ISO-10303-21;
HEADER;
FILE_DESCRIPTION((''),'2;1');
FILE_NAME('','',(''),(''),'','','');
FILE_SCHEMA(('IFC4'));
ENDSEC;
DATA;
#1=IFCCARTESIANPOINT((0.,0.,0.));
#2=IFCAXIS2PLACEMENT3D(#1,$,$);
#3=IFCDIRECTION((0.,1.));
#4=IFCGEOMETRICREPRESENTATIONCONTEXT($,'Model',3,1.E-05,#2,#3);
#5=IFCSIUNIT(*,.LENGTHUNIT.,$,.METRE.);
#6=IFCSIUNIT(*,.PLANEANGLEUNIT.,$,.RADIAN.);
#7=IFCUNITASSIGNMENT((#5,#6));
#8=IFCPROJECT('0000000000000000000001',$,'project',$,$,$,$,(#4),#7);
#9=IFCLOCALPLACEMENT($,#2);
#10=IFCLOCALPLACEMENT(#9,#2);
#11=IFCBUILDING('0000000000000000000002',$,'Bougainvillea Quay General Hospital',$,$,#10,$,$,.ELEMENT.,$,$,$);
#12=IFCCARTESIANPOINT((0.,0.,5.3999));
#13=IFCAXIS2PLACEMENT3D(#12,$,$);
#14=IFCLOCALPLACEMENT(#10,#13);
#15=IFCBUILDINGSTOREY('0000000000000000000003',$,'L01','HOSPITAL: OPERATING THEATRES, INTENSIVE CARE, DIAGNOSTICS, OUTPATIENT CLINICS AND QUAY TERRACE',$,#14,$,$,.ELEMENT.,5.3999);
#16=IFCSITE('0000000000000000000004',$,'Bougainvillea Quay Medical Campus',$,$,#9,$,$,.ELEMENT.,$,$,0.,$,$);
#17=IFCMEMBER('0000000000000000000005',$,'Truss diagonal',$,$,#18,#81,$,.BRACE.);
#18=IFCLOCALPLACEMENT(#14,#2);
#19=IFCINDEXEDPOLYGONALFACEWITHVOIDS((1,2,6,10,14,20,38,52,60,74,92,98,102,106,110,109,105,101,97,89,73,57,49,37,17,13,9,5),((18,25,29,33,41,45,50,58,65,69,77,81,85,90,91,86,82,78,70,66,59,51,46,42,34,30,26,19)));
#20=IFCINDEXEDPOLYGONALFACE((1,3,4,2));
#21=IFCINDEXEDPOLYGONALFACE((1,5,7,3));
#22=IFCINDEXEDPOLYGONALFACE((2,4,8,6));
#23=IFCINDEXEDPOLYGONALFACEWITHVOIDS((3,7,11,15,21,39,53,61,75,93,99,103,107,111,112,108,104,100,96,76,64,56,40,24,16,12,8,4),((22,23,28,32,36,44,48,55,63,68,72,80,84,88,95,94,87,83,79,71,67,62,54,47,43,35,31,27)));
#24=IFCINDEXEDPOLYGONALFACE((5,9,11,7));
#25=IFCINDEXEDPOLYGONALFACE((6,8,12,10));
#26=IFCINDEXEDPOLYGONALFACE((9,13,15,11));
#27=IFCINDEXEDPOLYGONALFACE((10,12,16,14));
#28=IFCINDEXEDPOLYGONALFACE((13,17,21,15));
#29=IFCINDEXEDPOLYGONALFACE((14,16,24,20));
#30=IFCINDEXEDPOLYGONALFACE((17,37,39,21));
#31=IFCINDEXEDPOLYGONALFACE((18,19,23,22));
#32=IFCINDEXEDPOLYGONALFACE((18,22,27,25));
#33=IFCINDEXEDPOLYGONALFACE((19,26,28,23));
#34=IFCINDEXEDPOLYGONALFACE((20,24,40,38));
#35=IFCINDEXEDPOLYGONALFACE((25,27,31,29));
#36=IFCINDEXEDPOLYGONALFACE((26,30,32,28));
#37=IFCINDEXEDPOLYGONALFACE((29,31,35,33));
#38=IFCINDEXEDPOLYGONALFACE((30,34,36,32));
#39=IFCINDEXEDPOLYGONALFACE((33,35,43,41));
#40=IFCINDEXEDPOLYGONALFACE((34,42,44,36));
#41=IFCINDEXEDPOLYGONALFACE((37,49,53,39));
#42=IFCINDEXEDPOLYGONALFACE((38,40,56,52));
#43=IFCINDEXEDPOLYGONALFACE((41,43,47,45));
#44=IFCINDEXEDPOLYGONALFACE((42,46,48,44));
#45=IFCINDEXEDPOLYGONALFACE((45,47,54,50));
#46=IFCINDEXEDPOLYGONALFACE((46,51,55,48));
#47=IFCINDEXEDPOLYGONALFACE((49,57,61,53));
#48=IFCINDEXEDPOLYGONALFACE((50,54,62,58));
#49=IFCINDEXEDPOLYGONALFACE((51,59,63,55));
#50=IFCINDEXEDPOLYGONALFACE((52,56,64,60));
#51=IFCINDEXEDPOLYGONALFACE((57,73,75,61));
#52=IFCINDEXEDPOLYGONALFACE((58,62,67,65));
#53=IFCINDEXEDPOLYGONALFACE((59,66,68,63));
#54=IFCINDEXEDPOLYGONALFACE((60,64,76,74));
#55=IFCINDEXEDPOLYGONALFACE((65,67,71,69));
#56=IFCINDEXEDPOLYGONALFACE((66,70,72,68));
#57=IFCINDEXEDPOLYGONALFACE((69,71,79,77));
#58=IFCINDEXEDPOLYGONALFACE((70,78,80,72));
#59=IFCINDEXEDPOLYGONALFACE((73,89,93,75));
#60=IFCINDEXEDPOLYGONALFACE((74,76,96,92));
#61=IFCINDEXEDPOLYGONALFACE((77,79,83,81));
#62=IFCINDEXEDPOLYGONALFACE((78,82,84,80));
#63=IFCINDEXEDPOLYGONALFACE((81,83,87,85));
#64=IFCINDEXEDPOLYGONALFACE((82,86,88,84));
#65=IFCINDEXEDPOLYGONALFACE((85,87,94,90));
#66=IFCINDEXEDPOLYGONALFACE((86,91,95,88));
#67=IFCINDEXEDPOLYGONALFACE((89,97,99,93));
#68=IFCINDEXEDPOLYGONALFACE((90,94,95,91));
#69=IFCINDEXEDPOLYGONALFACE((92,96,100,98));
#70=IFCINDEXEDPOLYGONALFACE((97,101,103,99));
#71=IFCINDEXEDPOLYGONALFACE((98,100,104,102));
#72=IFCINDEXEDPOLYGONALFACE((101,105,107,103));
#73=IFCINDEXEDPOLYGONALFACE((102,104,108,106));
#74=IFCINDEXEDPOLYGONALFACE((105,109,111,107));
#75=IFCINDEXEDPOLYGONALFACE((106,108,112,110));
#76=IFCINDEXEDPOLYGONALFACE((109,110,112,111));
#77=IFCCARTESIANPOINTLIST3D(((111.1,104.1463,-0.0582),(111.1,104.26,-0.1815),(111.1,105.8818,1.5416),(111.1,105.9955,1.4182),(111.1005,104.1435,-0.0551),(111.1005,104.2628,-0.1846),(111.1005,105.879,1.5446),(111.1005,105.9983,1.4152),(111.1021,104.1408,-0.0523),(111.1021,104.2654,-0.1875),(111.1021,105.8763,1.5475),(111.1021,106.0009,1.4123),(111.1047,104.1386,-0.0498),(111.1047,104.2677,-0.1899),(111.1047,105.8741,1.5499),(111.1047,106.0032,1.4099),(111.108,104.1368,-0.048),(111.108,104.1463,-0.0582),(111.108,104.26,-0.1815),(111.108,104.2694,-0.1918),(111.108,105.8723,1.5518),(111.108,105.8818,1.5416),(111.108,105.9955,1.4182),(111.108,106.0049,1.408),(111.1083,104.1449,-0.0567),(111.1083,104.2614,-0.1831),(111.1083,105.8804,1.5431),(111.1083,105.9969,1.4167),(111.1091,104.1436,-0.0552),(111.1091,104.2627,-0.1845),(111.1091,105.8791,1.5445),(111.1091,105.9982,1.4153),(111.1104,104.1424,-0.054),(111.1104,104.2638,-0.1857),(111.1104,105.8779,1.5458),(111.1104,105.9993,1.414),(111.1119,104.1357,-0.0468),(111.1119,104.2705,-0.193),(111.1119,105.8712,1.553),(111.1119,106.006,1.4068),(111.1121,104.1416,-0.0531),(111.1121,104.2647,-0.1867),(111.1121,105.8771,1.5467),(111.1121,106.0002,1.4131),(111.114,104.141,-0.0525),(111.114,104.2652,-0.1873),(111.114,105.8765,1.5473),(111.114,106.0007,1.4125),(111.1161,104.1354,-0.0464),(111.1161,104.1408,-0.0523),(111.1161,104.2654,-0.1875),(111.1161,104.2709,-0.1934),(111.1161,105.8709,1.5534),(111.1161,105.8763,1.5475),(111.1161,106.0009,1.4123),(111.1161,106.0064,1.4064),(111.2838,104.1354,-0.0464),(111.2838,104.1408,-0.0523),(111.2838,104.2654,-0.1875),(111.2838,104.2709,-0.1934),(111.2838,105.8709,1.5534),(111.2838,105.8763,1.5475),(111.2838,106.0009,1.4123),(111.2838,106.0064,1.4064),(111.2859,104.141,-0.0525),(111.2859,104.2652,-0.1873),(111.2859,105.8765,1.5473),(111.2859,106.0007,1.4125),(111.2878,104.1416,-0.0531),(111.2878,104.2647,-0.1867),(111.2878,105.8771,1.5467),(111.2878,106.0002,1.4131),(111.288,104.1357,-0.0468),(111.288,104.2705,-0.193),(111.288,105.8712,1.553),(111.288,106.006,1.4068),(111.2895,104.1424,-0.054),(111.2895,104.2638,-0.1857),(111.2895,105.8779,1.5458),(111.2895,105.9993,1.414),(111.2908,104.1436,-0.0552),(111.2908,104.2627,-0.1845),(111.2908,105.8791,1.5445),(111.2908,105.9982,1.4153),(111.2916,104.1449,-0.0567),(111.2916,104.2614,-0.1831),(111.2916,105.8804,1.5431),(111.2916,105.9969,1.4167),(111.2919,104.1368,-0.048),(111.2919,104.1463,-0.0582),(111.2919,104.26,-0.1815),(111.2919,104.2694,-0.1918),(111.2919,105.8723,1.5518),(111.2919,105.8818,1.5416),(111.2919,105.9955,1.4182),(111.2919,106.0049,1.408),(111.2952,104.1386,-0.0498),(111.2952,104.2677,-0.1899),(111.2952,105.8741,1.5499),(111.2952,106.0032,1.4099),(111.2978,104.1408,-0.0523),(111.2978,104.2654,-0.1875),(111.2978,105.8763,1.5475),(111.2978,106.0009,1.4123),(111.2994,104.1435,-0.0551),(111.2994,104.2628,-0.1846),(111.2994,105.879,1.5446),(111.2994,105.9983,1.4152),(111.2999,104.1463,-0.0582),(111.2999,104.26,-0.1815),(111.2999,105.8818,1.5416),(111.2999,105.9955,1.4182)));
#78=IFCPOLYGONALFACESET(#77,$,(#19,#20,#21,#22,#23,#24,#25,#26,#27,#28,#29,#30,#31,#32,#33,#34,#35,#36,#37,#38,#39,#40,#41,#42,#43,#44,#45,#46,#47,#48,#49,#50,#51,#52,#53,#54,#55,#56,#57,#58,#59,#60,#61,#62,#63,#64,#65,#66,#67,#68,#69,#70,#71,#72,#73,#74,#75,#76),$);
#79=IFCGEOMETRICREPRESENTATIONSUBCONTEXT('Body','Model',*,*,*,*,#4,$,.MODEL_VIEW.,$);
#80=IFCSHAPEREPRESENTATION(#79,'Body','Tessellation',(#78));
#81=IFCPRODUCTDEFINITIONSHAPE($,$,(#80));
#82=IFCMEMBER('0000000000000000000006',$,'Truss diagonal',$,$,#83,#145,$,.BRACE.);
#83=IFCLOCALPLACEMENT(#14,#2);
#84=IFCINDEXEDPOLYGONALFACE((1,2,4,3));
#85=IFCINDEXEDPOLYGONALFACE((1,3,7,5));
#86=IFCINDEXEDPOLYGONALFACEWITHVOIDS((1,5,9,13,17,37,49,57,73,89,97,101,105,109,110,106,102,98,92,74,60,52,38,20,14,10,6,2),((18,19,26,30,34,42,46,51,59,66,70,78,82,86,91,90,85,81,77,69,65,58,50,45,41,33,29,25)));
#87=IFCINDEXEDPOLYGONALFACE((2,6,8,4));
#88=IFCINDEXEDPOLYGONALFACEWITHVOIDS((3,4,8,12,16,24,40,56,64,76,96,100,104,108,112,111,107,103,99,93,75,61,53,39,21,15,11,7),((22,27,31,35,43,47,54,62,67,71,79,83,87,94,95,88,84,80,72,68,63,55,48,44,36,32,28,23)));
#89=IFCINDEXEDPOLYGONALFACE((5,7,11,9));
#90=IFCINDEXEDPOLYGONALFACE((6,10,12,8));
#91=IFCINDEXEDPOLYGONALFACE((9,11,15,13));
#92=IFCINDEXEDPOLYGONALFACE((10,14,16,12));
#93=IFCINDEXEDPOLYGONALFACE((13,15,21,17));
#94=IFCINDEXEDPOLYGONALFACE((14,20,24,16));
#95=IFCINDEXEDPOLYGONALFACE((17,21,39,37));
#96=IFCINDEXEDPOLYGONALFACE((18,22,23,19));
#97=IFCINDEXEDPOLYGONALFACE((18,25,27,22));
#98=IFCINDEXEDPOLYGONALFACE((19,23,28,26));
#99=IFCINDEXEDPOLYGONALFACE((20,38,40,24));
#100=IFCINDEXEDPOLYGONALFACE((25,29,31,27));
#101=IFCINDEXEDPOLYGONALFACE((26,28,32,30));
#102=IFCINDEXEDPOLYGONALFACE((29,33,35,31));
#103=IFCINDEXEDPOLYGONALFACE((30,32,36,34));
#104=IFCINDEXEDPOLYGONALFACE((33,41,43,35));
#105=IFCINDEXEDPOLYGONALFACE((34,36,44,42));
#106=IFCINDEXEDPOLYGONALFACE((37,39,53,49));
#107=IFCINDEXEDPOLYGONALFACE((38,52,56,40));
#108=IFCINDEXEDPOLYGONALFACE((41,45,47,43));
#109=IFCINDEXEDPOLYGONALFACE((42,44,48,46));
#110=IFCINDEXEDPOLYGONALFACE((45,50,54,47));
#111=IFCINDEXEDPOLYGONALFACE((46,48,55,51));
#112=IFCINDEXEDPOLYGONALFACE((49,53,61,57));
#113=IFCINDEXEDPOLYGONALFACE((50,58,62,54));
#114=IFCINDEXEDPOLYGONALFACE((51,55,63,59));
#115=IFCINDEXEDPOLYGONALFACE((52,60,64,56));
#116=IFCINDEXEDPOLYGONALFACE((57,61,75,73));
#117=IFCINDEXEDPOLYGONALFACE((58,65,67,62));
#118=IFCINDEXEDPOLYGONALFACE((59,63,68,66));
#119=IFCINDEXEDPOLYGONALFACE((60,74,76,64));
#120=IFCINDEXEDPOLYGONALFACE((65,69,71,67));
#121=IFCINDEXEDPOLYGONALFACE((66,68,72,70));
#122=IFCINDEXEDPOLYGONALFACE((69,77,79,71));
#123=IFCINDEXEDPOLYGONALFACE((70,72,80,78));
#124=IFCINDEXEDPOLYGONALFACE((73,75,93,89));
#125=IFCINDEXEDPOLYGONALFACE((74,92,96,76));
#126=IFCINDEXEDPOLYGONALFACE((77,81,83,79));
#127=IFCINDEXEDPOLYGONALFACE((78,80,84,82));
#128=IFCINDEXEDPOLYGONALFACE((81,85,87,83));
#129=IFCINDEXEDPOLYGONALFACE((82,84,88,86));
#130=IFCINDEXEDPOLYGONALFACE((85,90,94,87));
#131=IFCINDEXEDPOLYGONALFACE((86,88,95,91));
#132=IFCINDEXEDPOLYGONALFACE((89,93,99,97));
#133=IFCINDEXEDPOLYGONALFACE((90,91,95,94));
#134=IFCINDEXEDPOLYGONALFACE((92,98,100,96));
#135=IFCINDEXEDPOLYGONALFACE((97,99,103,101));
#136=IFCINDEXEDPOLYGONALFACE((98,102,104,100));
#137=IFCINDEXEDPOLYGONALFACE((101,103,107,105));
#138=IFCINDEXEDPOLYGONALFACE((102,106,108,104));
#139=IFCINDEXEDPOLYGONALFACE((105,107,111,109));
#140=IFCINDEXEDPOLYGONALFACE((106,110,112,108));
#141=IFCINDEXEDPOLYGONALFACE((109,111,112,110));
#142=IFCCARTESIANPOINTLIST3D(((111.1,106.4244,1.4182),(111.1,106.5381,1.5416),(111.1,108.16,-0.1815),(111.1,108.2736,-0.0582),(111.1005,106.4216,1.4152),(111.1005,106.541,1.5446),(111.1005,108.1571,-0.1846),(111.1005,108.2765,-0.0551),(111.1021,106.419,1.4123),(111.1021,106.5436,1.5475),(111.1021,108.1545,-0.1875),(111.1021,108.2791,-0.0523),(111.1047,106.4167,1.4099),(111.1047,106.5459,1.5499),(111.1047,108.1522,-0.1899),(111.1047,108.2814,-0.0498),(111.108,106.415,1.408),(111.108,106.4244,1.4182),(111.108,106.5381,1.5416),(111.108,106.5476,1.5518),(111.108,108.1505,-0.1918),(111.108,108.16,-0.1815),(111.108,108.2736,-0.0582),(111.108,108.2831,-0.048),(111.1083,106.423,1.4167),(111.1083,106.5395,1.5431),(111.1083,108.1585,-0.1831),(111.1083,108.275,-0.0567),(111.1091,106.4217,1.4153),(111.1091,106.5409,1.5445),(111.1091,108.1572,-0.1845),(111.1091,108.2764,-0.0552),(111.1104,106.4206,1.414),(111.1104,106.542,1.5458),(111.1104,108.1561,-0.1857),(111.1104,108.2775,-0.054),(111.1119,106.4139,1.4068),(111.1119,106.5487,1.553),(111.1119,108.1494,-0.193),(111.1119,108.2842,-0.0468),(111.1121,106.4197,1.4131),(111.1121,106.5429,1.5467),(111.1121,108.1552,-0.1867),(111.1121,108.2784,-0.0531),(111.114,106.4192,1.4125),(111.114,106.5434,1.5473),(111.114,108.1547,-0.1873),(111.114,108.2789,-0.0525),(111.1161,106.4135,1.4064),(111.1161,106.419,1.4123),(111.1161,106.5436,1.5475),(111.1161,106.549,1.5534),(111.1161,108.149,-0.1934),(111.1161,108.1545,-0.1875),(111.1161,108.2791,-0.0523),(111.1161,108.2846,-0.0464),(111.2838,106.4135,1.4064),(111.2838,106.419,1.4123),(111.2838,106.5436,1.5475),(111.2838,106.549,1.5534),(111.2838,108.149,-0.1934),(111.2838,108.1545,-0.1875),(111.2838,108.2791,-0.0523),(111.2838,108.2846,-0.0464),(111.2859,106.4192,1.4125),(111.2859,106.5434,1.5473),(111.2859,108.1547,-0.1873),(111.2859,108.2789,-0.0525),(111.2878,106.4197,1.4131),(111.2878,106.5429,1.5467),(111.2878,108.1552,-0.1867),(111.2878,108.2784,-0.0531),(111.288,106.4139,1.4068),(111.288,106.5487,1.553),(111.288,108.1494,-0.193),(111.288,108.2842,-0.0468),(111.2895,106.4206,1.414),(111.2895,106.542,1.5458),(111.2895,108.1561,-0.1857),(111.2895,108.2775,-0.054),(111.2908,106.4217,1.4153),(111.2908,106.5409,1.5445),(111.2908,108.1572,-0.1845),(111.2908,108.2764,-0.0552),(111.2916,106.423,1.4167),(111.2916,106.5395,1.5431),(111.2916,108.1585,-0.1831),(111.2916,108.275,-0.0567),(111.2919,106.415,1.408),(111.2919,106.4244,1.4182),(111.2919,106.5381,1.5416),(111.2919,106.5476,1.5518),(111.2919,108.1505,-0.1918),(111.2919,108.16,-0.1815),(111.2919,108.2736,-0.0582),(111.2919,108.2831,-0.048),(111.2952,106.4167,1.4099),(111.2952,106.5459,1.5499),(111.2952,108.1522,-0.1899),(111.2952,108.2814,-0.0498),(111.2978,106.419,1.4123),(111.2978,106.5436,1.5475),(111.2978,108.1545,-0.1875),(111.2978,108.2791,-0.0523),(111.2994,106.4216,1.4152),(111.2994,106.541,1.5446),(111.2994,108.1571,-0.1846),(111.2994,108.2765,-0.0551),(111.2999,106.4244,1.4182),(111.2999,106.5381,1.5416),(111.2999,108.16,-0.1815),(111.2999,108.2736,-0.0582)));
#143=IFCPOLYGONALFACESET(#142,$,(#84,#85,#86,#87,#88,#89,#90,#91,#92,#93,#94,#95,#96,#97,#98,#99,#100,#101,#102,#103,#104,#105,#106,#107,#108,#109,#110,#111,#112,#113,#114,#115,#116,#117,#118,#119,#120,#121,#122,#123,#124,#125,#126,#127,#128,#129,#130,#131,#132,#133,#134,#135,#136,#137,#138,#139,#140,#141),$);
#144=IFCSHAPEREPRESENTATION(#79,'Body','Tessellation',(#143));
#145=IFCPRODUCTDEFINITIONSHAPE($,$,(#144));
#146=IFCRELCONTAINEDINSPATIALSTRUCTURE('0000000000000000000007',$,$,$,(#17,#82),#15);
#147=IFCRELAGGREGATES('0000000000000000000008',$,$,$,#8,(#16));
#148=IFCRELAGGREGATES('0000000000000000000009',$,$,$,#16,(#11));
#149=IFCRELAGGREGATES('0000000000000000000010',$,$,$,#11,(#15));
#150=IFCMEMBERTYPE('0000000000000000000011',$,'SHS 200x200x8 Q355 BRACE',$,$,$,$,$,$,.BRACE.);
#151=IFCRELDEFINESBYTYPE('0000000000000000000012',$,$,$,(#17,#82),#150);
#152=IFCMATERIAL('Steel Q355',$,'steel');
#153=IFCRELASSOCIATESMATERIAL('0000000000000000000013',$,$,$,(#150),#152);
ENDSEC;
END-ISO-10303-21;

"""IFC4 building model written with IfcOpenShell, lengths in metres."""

from ifc_helpers import new_model, si_unit, direction, frame, origin, origin_2d, place, context, subcontext, project, spatial, hollow_rectangle, extrude, material, material_profile, profile_set, type_object, element, save


model = new_model("IFC4")

# Units and contexts
model_context = context("Model", 3, precision=1e-05, world=origin(), true_north=direction((0.0, 1.0)))
body_context = subcontext(model_context, "Body", "Model", "MODEL_VIEW")
ifc_project = project(units=[si_unit("LENGTHUNIT", "METRE"), si_unit("PLANEANGLEUNIT", "RADIAN")], contexts=[model_context])

# Site, building, storey
site_placement = place(None, origin())
site = spatial("IfcSite", under=ifc_project, at=site_placement, Name="Bougainvillea Quay Medical Campus", CompositionType="ELEMENT", RefElevation=0.0)
building_placement = place(site_placement, origin())
building = spatial("IfcBuilding", under=site, at=building_placement, Name="Bougainvillea Quay General Hospital", CompositionType="ELEMENT")
storey_placement = place(building_placement, frame((0.0, 0.0, 5.3999)))
storey = spatial("IfcBuildingStorey", under=building, at=storey_placement, Name="L01", Description="HOSPITAL: OPERATING THEATRES, INTENSIVE CARE, DIAGNOSTICS, OUTPATIENT CLINICS AND QUAY TERRACE", CompositionType="ELEMENT", Elevation=5.3999)

# Members
ifc_material = material(Name="Steel Q355", Category="steel")
ifc_material_profile_1 = material_profile(ifc_material, hollow_rectangle(XDim=0.2, YDim=0.2, WallThickness=0.0081, InnerFilletRadius=0.0081, OuterFilletRadius=0.0161, at=origin_2d()))
ifc_profile_set_1 = profile_set([ifc_material_profile_1], Name="Steel Q355")
member_type_1 = type_object("IfcMemberType", Name="SHS 200x200x8 Q355 BRACE", PredefinedType="BRACE", material=ifc_profile_set_1)
for number, where, z_axis, x_axis, name in (
    (1, (111.2, 104.2031, -0.1199), (0.0, 0.735275, 0.677769), (-1.0, 0.0, 0.0), "Truss diagonal"),
    (2, (111.2, 108.2168, -0.1199), (0.0, -0.735275, 0.677769), (1.0, 0.0, 0.0), "Truss diagonal"),
):
    element("IfcMember", number, at=place(storey_placement, frame(where, z_axis=z_axis, x_axis=x_axis)), inside=storey, type_object=member_type_1, Name=name, PredefinedType="BRACE", context=body_context, shape_type="SweptSolid", body=[
        extrude(hollow_rectangle(XDim=0.2, YDim=0.2, WallThickness=0.0081, InnerFilletRadius=0.0081, OuterFilletRadius=0.0161, at=origin_2d()), origin(), (0.0, 0.0, 1.0), 2.3604),
    ])

save(model, "model.ifc")
